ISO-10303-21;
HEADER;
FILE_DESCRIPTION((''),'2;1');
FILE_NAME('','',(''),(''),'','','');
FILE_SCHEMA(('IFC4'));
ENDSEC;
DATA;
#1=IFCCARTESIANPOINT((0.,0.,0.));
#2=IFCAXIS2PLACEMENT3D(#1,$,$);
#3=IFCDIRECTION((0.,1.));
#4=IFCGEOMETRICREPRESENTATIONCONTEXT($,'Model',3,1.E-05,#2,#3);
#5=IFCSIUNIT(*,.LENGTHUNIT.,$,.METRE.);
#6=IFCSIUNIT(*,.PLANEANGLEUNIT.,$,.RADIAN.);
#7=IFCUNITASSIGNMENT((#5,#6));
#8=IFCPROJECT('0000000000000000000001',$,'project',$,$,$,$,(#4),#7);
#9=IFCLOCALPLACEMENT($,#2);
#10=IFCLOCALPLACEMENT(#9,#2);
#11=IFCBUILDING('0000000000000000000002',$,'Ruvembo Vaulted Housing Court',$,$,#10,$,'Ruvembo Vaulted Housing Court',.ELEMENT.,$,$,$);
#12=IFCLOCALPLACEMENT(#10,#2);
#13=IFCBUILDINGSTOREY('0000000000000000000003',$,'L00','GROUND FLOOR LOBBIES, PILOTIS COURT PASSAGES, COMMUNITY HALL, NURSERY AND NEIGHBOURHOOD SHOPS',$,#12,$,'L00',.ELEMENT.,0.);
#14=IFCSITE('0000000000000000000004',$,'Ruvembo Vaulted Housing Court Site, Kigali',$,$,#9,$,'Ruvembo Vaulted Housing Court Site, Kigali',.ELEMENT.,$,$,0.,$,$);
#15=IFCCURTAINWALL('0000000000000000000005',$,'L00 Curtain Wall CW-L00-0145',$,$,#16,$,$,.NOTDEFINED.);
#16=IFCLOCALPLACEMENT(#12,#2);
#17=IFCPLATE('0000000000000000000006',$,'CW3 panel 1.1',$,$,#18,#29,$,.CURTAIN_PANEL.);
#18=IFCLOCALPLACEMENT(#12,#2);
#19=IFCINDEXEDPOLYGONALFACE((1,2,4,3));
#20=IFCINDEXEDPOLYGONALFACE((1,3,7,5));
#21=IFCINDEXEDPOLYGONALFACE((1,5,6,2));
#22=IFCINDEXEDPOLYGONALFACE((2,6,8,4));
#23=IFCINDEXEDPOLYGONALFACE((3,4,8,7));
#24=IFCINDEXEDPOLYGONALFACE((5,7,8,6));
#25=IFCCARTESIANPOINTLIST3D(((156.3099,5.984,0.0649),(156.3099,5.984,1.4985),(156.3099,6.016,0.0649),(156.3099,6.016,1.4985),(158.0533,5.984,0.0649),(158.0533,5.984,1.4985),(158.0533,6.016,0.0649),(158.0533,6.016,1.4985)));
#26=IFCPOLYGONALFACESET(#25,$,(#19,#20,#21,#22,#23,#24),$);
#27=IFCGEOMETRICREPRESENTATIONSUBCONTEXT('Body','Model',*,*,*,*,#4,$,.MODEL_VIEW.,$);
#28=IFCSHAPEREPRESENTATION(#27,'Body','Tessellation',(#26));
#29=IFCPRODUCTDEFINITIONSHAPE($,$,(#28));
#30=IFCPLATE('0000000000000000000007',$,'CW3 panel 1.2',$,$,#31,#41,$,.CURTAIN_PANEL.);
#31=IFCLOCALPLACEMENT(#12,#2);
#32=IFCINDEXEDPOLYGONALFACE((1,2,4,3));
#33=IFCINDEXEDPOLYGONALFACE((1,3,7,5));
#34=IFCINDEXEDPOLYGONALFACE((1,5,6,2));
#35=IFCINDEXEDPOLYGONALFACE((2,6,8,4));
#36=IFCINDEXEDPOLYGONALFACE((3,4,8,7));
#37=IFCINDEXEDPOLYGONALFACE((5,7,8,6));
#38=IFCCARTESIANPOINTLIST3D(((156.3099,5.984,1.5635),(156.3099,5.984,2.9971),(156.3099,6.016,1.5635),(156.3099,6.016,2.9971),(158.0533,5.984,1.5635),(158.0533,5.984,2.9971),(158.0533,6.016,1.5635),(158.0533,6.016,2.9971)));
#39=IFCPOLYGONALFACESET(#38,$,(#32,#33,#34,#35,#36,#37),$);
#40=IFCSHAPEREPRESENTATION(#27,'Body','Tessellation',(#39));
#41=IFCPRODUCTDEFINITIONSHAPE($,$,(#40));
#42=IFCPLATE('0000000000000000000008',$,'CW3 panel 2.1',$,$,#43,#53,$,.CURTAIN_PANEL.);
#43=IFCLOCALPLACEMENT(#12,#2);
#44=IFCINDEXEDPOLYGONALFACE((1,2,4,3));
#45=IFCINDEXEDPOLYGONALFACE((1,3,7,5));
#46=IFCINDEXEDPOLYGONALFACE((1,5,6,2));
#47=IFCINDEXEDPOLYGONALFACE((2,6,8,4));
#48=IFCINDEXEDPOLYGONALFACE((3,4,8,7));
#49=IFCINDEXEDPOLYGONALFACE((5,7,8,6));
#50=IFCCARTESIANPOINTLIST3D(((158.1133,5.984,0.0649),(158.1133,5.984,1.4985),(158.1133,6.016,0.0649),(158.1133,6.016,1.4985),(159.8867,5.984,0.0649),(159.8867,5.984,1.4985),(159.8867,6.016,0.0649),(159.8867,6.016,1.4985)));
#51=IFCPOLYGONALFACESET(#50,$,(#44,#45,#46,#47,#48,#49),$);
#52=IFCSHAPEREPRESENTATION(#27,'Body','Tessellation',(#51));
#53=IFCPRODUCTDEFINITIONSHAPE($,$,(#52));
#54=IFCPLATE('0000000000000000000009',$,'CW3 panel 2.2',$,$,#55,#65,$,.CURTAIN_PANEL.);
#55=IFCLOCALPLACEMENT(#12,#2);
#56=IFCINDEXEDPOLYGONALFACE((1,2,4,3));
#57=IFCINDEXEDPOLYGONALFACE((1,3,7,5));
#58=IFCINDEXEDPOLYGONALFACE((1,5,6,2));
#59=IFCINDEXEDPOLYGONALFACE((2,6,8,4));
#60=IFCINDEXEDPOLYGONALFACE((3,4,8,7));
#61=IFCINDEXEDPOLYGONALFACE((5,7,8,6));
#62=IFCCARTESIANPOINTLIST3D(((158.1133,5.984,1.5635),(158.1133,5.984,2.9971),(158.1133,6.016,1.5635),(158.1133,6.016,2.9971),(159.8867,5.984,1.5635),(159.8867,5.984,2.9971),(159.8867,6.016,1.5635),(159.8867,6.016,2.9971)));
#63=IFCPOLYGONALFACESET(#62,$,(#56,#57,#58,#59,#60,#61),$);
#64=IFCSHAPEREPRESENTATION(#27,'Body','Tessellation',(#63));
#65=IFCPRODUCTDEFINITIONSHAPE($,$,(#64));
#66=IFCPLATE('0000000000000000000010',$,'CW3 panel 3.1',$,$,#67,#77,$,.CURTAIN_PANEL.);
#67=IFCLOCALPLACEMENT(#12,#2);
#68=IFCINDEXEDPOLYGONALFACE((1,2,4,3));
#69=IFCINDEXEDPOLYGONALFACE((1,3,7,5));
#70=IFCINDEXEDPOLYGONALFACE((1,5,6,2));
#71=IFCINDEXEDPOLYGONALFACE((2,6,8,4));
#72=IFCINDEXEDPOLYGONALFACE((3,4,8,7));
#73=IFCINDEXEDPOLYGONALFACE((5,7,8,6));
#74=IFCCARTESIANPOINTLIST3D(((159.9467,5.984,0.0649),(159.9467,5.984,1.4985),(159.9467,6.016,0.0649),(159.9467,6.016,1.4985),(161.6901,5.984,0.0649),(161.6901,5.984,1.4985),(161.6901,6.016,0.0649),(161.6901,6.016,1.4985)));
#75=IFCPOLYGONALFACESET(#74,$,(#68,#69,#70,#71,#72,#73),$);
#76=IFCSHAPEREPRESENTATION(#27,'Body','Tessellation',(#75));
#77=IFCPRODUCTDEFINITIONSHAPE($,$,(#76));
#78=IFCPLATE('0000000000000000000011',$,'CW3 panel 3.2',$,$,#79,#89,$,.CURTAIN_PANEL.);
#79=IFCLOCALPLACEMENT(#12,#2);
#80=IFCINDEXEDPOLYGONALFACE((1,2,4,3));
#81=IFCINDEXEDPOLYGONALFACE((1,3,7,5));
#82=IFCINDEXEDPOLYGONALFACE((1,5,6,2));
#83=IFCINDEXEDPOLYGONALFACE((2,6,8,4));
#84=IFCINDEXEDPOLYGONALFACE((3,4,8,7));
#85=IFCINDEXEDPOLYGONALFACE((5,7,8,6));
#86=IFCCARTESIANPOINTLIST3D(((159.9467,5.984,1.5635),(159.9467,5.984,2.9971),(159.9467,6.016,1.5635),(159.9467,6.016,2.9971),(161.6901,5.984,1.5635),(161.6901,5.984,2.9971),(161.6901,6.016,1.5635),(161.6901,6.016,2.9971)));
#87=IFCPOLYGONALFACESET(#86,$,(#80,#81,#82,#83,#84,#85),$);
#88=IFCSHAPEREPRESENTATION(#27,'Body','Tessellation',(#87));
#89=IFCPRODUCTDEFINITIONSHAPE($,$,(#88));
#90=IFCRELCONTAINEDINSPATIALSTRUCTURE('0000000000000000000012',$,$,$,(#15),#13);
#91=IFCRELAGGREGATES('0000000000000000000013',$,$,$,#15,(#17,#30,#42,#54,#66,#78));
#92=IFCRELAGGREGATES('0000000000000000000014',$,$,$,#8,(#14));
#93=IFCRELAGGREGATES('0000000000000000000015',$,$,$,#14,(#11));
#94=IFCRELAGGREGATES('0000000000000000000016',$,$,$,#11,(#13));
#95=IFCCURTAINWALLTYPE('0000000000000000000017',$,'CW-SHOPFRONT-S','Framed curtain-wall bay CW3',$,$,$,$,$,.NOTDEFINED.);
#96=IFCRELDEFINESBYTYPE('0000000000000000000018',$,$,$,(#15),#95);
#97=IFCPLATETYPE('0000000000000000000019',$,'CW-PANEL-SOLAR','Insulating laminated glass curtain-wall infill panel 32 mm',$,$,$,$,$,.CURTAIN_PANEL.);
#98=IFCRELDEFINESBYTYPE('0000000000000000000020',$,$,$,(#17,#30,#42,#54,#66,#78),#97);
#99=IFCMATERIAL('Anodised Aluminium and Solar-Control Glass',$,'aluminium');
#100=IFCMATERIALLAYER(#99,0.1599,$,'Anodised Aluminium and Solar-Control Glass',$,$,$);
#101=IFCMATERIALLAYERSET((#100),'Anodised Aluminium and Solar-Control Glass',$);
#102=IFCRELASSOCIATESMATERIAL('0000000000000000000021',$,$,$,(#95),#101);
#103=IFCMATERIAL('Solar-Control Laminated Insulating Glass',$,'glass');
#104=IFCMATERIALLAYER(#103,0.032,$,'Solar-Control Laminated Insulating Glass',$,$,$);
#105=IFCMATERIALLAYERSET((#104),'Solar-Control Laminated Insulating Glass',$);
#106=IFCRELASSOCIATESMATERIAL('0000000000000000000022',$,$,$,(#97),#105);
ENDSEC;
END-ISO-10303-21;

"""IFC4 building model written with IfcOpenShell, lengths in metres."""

from ifc_helpers import new_model, si_unit, direction, frame, origin, origin_2d, place, context, subcontext, project, spatial, rectangle, extrude, material, layer, layer_set, type_object, element, aggregate, save


model = new_model("IFC4")

# Units and contexts
model_context = context("Model", 3, precision=1e-05, world=origin(), true_north=direction((0.0, 1.0)))
body_context = subcontext(model_context, "Body", "Model", "MODEL_VIEW")
ifc_project = project(units=[si_unit("LENGTHUNIT", "METRE"), si_unit("PLANEANGLEUNIT", "RADIAN")], contexts=[model_context])

# Site, building, storey
site_placement = place(None, origin())
site = spatial("IfcSite", under=ifc_project, at=site_placement, Name="Ruvembo Vaulted Housing Court Site, Kigali", LongName="Ruvembo Vaulted Housing Court Site, Kigali", CompositionType="ELEMENT", RefElevation=0.0)
building_placement = place(site_placement, origin())
building = spatial("IfcBuilding", under=site, at=building_placement, Name="Ruvembo Vaulted Housing Court", LongName="Ruvembo Vaulted Housing Court", CompositionType="ELEMENT")
storey_placement = place(building_placement, origin())
storey = spatial("IfcBuildingStorey", under=building, at=storey_placement, Name="L00", Description="GROUND FLOOR LOBBIES, PILOTIS COURT PASSAGES, COMMUNITY HALL, NURSERY AND NEIGHBOURHOOD SHOPS", LongName="L00", CompositionType="ELEMENT", Elevation=0.0)

# Curtain wall
ifc_material_1 = material(Name="Anodised Aluminium and Solar-Control Glass", Category="aluminium")
ifc_layer_1 = layer(ifc_material_1, 0.1599, Name="Anodised Aluminium and Solar-Control Glass")
ifc_layer_set_1 = layer_set([ifc_layer_1], Name="Anodised Aluminium and Solar-Control Glass")
curtain_wall_type = type_object("IfcCurtainWallType", Name="CW-SHOPFRONT-S", Description="Framed curtain-wall bay CW3", PredefinedType="NOTDEFINED", material=ifc_layer_set_1)
curtain_wall_1_placement = place(storey_placement, origin())
curtain_wall_1 = element("IfcCurtainWall", 1, at=curtain_wall_1_placement, inside=storey, type_object=curtain_wall_type, Name="L00 Curtain Wall CW-L00-0145", PredefinedType="NOTDEFINED")

# Plates
ifc_material_2 = material(Name="Solar-Control Laminated Insulating Glass", Category="glass")
ifc_layer_2 = layer(ifc_material_2, 0.032, Name="Solar-Control Laminated Insulating Glass")
ifc_layer_set_2 = layer_set([ifc_layer_2], Name="Solar-Control Laminated Insulating Glass")
plate_type_1 = type_object("IfcPlateType", Name="CW-PANEL-SOLAR", Description="Insulating laminated glass curtain-wall infill panel 32 mm", PredefinedType="CURTAIN_PANEL", material=ifc_layer_set_2)
plate_1_placement = place(storey_placement, frame((157.1816, 6.0, 0.0649), z_axis=(0.0, 0.0, 1.0), x_axis=(1.0, 0.0, 0.0)))
plate_1 = element("IfcPlate", 2, at=plate_1_placement, type_object=plate_type_1, Name="CW3 panel 1.1", PredefinedType="CURTAIN_PANEL", context=body_context, shape_type="SweptSolid", body=[
    extrude(rectangle(XDim=1.7434, YDim=0.032, at=origin_2d()), origin(), (0.0, 0.0, 1.0), 1.4336),
])
plate_2_placement = place(storey_placement, frame((157.1816, 6.0, 1.5635), z_axis=(0.0, 0.0, 1.0), x_axis=(1.0, 0.0, 0.0)))
plate_2 = element("IfcPlate", 3, at=plate_2_placement, type_object=plate_type_1, Name="CW3 panel 1.2", PredefinedType="CURTAIN_PANEL", context=body_context, shape_type="SweptSolid", body=[
    extrude(rectangle(XDim=1.7434, YDim=0.032, at=origin_2d()), origin(), (0.0, 0.0, 1.0), 1.4336),
])
plate_3_placement = place(storey_placement, frame((159.0, 6.0, 0.0649), z_axis=(0.0, 0.0, 1.0), x_axis=(1.0, 0.0, 0.0)))
plate_3 = element("IfcPlate", 4, at=plate_3_placement, type_object=plate_type_1, Name="CW3 panel 2.1", PredefinedType="CURTAIN_PANEL", context=body_context, shape_type="SweptSolid", body=[
    extrude(rectangle(XDim=1.7734, YDim=0.032, at=origin_2d()), origin(), (0.0, 0.0, 1.0), 1.4336),
])
plate_4_placement = place(storey_placement, frame((159.0, 6.0, 1.5635), z_axis=(0.0, 0.0, 1.0), x_axis=(1.0, 0.0, 0.0)))
plate_4 = element("IfcPlate", 5, at=plate_4_placement, type_object=plate_type_1, Name="CW3 panel 2.2", PredefinedType="CURTAIN_PANEL", context=body_context, shape_type="SweptSolid", body=[
    extrude(rectangle(XDim=1.7734, YDim=0.032, at=origin_2d()), origin(), (0.0, 0.0, 1.0), 1.4336),
])
plate_5_placement = place(storey_placement, frame((160.8184, 6.0, 0.0649), z_axis=(0.0, 0.0, 1.0), x_axis=(1.0, 0.0, 0.0)))
plate_5 = element("IfcPlate", 6, at=plate_5_placement, type_object=plate_type_1, Name="CW3 panel 3.1", PredefinedType="CURTAIN_PANEL", context=body_context, shape_type="SweptSolid", body=[
    extrude(rectangle(XDim=1.7434, YDim=0.032, at=origin_2d()), origin(), (0.0, 0.0, 1.0), 1.4336),
])
plate_6_placement = place(storey_placement, frame((160.8184, 6.0, 1.5635), z_axis=(0.0, 0.0, 1.0), x_axis=(1.0, 0.0, 0.0)))
plate_6 = element("IfcPlate", 7, at=plate_6_placement, type_object=plate_type_1, Name="CW3 panel 3.2", PredefinedType="CURTAIN_PANEL", context=body_context, shape_type="SweptSolid", body=[
    extrude(rectangle(XDim=1.7434, YDim=0.032, at=origin_2d()), origin(), (0.0, 0.0, 1.0), 1.4336),
])
aggregate(curtain_wall_1, [plate_1, plate_2, plate_3, plate_4, plate_5, plate_6])

save(model, "model.ifc")
